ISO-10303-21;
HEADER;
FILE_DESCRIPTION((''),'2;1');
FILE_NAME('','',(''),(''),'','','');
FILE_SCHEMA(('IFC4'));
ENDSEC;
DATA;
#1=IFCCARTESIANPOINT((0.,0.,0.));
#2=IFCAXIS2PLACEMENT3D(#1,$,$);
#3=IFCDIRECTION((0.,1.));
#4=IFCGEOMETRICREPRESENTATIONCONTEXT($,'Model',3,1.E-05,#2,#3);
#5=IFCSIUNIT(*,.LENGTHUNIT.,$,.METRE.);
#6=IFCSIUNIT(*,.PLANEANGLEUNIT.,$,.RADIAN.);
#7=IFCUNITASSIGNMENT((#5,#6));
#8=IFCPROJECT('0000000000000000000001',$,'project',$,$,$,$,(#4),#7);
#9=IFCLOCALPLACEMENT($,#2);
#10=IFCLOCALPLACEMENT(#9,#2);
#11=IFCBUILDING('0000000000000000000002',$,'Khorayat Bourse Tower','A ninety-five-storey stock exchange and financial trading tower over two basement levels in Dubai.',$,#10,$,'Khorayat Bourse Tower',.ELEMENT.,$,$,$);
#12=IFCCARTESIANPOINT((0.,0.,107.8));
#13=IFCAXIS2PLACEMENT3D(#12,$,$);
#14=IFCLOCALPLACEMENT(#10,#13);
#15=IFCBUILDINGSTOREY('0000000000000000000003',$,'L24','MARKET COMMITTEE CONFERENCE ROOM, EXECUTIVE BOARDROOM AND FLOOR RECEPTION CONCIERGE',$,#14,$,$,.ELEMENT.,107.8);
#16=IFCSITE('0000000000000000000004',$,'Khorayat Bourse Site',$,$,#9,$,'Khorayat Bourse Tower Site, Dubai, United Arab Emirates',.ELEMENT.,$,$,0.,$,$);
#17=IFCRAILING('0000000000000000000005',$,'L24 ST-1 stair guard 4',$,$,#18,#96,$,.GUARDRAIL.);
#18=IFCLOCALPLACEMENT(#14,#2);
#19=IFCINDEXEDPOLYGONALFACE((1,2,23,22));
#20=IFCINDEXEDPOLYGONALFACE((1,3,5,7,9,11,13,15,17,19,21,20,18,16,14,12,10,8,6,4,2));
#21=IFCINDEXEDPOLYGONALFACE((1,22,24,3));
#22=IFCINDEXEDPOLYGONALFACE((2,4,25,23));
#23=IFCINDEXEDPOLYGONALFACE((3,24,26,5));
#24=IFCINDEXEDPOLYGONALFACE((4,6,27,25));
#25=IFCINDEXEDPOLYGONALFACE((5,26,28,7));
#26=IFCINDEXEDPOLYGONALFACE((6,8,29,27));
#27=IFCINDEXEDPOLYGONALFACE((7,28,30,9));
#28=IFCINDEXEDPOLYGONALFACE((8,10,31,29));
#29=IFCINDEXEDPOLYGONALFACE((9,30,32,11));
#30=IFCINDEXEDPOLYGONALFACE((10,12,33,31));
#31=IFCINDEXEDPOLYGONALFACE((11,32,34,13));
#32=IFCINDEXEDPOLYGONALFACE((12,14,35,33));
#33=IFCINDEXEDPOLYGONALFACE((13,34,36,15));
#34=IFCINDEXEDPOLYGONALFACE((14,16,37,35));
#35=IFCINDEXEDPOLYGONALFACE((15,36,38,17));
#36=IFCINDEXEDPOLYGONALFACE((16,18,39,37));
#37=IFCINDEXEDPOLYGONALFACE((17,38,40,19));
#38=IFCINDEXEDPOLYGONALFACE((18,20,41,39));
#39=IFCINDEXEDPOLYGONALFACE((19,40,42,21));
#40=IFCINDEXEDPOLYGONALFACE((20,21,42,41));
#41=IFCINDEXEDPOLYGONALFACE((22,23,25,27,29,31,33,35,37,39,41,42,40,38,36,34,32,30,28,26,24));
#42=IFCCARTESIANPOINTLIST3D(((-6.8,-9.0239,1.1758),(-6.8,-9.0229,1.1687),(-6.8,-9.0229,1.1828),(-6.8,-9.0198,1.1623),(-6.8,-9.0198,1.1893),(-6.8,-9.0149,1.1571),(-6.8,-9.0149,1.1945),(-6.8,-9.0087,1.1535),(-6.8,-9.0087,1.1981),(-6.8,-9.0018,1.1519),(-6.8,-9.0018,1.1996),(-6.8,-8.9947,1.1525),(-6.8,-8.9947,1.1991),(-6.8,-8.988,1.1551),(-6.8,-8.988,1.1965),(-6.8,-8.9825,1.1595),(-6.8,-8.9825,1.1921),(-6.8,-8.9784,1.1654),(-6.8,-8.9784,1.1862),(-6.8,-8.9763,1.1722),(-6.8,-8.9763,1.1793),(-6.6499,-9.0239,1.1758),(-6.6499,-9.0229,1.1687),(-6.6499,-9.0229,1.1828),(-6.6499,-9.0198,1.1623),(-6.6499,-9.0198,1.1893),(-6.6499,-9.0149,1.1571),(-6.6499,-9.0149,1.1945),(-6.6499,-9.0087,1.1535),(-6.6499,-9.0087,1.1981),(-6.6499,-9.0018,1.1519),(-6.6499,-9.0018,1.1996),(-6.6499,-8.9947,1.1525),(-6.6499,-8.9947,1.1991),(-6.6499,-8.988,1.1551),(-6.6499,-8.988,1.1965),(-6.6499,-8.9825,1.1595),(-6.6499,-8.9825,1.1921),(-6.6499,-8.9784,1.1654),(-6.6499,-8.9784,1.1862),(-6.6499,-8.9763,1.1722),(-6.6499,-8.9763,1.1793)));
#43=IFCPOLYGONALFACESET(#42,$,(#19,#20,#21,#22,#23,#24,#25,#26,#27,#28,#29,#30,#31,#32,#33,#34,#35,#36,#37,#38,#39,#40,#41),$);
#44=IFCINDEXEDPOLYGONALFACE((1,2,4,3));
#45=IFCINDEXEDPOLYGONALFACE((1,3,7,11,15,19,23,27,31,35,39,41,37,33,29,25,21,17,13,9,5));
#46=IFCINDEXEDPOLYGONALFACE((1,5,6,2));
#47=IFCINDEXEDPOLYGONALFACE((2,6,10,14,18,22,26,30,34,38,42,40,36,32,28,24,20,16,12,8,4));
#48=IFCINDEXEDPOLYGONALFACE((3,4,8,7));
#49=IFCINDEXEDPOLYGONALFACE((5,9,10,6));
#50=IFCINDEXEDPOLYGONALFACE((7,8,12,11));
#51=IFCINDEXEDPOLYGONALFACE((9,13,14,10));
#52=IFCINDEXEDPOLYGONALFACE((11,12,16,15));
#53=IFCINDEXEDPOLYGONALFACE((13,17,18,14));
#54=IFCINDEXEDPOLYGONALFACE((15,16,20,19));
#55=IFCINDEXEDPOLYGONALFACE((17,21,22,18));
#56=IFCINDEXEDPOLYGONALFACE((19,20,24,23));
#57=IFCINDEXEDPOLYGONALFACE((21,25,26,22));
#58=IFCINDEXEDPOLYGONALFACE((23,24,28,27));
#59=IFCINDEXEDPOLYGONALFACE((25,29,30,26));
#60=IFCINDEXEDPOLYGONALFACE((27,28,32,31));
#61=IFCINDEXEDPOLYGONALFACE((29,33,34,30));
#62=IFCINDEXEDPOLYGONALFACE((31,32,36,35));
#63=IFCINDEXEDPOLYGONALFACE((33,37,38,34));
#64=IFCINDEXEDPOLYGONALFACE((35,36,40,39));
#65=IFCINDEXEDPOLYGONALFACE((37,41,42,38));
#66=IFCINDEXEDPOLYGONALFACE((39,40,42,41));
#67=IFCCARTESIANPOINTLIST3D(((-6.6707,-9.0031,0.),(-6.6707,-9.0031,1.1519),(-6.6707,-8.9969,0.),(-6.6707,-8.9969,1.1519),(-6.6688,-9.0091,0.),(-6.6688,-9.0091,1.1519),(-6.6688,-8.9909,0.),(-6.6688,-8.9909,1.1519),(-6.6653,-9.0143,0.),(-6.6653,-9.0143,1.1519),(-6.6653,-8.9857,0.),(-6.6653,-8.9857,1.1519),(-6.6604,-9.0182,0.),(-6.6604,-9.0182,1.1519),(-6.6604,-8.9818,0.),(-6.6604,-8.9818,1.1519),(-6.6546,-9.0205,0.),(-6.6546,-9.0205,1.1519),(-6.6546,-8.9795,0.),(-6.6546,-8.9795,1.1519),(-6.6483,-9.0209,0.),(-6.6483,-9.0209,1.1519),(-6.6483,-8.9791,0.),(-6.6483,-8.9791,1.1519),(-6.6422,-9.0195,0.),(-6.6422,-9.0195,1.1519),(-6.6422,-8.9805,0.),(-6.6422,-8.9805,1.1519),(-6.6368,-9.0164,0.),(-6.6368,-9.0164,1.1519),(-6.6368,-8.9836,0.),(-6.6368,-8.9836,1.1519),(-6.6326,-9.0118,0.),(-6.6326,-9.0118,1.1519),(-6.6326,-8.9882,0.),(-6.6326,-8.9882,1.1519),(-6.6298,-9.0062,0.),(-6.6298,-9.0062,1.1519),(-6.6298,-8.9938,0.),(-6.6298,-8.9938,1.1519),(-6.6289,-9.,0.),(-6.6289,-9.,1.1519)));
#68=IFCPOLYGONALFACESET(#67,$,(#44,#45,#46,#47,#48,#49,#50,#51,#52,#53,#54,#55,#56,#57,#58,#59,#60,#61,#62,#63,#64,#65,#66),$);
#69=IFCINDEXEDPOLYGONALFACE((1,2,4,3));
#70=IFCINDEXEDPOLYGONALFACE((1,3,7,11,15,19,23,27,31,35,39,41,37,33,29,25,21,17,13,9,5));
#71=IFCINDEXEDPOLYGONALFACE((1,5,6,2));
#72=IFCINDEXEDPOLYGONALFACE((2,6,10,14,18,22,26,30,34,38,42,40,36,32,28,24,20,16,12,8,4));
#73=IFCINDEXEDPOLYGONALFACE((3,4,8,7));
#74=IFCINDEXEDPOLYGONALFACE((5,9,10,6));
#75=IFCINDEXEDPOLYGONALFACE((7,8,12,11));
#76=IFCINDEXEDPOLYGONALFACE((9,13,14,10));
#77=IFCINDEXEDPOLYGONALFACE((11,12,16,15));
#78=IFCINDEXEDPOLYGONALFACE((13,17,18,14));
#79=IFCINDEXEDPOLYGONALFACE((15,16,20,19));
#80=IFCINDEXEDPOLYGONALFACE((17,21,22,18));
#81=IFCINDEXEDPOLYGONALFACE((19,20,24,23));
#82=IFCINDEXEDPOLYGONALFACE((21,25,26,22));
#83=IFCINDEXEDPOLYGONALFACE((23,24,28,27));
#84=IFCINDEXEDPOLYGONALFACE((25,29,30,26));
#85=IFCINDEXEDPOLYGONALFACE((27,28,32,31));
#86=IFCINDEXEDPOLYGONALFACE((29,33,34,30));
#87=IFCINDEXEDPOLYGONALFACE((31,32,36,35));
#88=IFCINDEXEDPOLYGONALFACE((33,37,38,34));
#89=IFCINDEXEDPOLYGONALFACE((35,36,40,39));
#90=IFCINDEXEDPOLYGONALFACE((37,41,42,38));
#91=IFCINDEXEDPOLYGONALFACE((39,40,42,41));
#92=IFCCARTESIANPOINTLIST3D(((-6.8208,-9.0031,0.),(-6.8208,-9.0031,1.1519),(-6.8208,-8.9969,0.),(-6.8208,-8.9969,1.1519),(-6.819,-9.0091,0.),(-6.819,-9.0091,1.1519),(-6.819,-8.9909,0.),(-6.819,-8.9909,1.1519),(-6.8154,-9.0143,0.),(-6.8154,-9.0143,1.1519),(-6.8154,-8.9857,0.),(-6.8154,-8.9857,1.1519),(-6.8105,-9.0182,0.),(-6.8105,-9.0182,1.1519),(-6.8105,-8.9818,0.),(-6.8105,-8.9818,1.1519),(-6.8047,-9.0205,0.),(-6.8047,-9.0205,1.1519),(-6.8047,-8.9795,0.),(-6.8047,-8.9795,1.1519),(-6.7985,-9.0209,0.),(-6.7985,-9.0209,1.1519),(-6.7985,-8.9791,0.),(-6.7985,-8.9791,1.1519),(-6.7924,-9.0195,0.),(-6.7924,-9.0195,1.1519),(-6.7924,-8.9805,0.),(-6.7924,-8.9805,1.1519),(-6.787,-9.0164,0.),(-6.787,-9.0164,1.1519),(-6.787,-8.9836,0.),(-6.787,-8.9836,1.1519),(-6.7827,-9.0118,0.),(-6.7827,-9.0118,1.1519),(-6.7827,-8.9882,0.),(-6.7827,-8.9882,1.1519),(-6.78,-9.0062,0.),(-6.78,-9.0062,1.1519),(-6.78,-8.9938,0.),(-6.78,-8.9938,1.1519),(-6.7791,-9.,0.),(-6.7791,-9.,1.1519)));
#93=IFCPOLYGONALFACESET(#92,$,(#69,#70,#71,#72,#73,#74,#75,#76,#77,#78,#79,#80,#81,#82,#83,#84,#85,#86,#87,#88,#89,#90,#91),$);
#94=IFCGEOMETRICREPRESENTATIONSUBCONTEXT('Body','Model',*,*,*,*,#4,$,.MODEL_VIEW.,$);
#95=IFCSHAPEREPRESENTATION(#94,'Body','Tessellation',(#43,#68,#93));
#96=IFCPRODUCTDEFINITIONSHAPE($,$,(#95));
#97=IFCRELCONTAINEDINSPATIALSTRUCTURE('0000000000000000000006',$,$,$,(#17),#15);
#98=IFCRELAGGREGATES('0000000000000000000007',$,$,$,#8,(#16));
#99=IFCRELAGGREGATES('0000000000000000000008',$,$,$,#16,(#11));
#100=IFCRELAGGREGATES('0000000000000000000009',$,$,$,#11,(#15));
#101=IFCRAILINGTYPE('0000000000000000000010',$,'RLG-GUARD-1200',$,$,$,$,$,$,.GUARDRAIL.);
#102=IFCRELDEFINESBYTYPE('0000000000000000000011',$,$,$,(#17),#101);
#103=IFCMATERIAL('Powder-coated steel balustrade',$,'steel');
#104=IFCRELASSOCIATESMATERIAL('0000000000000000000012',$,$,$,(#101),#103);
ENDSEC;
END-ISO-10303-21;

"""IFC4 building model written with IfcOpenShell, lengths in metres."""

from ifc_helpers import new_model, si_unit, direction, frame, origin, origin_2d, place, context, subcontext, project, spatial, circle, extrude, source, transform, mapped, material, type_object, element, save


model = new_model("IFC4")

# Units and contexts
model_context = context("Model", 3, precision=1e-05, world=origin(), true_north=direction((0.0, 1.0)))
body_context = subcontext(model_context, "Body", "Model", "MODEL_VIEW")
ifc_project = project(units=[si_unit("LENGTHUNIT", "METRE"), si_unit("PLANEANGLEUNIT", "RADIAN")], contexts=[model_context])

# Site, building, storey
site_placement = place(None, origin())
site = spatial("IfcSite", under=ifc_project, at=site_placement, Name="Khorayat Bourse Site", LongName="Khorayat Bourse Tower Site, Dubai, United Arab Emirates", CompositionType="ELEMENT", RefElevation=0.0)
building_placement = place(site_placement, origin())
building = spatial("IfcBuilding", under=site, at=building_placement, Name="Khorayat Bourse Tower", Description="A ninety-five-storey stock exchange and financial trading tower over two basement levels in Dubai.", LongName="Khorayat Bourse Tower", CompositionType="ELEMENT")
storey_placement = place(building_placement, frame((0.0, 0.0, 107.8)))
storey = spatial("IfcBuildingStorey", under=building, at=storey_placement, Name="L24", Description="MARKET COMMITTEE CONFERENCE ROOM, EXECUTIVE BOARDROOM AND FLOOR RECEPTION CONCIERGE", CompositionType="ELEMENT", Elevation=107.8)

# Railing
ifc_material_1 = material(Name="Powder-coated steel balustrade", Category="steel")
railing_type_1 = type_object("IfcRailingType", Name="RLG-GUARD-1200", PredefinedType="GUARDRAIL", material=ifc_material_1)
shared_shape_1 = source(origin(), body_context, "Body", "SweptSolid", [
    extrude(circle(Radius=0.0239, at=origin_2d()), frame((0.0, 0.0, 1.1758), z_axis=(-1.0, 0.0, 0.0), x_axis=(0.0, -1.0, 0.0)), (0.0, 0.0, 1.0), 0.1501),
    extrude(circle(Radius=0.021, at=origin_2d()), origin(), (0.0, 0.0, 1.0), 1.1519),
    extrude(circle(Radius=0.021, at=origin_2d()), frame((-0.1501, 0.0, 0.0)), (0.0, 0.0, 1.0), 1.1519),
])
for number, where, name in (
    (1, (-6.6499, -9.0, 0.0), "L24 ST-1 stair guard 4"),
):
    element("IfcRailing", number, at=place(storey_placement, frame(where)), inside=storey, type_object=railing_type_1, Name=name, PredefinedType="GUARDRAIL", context=body_context, shape_type="MappedRepresentation", body=[
        mapped(shared_shape_1, transform((0.0, 0.0, 0.0), scale=1.0)),
    ])

save(model, "model.ifc")
